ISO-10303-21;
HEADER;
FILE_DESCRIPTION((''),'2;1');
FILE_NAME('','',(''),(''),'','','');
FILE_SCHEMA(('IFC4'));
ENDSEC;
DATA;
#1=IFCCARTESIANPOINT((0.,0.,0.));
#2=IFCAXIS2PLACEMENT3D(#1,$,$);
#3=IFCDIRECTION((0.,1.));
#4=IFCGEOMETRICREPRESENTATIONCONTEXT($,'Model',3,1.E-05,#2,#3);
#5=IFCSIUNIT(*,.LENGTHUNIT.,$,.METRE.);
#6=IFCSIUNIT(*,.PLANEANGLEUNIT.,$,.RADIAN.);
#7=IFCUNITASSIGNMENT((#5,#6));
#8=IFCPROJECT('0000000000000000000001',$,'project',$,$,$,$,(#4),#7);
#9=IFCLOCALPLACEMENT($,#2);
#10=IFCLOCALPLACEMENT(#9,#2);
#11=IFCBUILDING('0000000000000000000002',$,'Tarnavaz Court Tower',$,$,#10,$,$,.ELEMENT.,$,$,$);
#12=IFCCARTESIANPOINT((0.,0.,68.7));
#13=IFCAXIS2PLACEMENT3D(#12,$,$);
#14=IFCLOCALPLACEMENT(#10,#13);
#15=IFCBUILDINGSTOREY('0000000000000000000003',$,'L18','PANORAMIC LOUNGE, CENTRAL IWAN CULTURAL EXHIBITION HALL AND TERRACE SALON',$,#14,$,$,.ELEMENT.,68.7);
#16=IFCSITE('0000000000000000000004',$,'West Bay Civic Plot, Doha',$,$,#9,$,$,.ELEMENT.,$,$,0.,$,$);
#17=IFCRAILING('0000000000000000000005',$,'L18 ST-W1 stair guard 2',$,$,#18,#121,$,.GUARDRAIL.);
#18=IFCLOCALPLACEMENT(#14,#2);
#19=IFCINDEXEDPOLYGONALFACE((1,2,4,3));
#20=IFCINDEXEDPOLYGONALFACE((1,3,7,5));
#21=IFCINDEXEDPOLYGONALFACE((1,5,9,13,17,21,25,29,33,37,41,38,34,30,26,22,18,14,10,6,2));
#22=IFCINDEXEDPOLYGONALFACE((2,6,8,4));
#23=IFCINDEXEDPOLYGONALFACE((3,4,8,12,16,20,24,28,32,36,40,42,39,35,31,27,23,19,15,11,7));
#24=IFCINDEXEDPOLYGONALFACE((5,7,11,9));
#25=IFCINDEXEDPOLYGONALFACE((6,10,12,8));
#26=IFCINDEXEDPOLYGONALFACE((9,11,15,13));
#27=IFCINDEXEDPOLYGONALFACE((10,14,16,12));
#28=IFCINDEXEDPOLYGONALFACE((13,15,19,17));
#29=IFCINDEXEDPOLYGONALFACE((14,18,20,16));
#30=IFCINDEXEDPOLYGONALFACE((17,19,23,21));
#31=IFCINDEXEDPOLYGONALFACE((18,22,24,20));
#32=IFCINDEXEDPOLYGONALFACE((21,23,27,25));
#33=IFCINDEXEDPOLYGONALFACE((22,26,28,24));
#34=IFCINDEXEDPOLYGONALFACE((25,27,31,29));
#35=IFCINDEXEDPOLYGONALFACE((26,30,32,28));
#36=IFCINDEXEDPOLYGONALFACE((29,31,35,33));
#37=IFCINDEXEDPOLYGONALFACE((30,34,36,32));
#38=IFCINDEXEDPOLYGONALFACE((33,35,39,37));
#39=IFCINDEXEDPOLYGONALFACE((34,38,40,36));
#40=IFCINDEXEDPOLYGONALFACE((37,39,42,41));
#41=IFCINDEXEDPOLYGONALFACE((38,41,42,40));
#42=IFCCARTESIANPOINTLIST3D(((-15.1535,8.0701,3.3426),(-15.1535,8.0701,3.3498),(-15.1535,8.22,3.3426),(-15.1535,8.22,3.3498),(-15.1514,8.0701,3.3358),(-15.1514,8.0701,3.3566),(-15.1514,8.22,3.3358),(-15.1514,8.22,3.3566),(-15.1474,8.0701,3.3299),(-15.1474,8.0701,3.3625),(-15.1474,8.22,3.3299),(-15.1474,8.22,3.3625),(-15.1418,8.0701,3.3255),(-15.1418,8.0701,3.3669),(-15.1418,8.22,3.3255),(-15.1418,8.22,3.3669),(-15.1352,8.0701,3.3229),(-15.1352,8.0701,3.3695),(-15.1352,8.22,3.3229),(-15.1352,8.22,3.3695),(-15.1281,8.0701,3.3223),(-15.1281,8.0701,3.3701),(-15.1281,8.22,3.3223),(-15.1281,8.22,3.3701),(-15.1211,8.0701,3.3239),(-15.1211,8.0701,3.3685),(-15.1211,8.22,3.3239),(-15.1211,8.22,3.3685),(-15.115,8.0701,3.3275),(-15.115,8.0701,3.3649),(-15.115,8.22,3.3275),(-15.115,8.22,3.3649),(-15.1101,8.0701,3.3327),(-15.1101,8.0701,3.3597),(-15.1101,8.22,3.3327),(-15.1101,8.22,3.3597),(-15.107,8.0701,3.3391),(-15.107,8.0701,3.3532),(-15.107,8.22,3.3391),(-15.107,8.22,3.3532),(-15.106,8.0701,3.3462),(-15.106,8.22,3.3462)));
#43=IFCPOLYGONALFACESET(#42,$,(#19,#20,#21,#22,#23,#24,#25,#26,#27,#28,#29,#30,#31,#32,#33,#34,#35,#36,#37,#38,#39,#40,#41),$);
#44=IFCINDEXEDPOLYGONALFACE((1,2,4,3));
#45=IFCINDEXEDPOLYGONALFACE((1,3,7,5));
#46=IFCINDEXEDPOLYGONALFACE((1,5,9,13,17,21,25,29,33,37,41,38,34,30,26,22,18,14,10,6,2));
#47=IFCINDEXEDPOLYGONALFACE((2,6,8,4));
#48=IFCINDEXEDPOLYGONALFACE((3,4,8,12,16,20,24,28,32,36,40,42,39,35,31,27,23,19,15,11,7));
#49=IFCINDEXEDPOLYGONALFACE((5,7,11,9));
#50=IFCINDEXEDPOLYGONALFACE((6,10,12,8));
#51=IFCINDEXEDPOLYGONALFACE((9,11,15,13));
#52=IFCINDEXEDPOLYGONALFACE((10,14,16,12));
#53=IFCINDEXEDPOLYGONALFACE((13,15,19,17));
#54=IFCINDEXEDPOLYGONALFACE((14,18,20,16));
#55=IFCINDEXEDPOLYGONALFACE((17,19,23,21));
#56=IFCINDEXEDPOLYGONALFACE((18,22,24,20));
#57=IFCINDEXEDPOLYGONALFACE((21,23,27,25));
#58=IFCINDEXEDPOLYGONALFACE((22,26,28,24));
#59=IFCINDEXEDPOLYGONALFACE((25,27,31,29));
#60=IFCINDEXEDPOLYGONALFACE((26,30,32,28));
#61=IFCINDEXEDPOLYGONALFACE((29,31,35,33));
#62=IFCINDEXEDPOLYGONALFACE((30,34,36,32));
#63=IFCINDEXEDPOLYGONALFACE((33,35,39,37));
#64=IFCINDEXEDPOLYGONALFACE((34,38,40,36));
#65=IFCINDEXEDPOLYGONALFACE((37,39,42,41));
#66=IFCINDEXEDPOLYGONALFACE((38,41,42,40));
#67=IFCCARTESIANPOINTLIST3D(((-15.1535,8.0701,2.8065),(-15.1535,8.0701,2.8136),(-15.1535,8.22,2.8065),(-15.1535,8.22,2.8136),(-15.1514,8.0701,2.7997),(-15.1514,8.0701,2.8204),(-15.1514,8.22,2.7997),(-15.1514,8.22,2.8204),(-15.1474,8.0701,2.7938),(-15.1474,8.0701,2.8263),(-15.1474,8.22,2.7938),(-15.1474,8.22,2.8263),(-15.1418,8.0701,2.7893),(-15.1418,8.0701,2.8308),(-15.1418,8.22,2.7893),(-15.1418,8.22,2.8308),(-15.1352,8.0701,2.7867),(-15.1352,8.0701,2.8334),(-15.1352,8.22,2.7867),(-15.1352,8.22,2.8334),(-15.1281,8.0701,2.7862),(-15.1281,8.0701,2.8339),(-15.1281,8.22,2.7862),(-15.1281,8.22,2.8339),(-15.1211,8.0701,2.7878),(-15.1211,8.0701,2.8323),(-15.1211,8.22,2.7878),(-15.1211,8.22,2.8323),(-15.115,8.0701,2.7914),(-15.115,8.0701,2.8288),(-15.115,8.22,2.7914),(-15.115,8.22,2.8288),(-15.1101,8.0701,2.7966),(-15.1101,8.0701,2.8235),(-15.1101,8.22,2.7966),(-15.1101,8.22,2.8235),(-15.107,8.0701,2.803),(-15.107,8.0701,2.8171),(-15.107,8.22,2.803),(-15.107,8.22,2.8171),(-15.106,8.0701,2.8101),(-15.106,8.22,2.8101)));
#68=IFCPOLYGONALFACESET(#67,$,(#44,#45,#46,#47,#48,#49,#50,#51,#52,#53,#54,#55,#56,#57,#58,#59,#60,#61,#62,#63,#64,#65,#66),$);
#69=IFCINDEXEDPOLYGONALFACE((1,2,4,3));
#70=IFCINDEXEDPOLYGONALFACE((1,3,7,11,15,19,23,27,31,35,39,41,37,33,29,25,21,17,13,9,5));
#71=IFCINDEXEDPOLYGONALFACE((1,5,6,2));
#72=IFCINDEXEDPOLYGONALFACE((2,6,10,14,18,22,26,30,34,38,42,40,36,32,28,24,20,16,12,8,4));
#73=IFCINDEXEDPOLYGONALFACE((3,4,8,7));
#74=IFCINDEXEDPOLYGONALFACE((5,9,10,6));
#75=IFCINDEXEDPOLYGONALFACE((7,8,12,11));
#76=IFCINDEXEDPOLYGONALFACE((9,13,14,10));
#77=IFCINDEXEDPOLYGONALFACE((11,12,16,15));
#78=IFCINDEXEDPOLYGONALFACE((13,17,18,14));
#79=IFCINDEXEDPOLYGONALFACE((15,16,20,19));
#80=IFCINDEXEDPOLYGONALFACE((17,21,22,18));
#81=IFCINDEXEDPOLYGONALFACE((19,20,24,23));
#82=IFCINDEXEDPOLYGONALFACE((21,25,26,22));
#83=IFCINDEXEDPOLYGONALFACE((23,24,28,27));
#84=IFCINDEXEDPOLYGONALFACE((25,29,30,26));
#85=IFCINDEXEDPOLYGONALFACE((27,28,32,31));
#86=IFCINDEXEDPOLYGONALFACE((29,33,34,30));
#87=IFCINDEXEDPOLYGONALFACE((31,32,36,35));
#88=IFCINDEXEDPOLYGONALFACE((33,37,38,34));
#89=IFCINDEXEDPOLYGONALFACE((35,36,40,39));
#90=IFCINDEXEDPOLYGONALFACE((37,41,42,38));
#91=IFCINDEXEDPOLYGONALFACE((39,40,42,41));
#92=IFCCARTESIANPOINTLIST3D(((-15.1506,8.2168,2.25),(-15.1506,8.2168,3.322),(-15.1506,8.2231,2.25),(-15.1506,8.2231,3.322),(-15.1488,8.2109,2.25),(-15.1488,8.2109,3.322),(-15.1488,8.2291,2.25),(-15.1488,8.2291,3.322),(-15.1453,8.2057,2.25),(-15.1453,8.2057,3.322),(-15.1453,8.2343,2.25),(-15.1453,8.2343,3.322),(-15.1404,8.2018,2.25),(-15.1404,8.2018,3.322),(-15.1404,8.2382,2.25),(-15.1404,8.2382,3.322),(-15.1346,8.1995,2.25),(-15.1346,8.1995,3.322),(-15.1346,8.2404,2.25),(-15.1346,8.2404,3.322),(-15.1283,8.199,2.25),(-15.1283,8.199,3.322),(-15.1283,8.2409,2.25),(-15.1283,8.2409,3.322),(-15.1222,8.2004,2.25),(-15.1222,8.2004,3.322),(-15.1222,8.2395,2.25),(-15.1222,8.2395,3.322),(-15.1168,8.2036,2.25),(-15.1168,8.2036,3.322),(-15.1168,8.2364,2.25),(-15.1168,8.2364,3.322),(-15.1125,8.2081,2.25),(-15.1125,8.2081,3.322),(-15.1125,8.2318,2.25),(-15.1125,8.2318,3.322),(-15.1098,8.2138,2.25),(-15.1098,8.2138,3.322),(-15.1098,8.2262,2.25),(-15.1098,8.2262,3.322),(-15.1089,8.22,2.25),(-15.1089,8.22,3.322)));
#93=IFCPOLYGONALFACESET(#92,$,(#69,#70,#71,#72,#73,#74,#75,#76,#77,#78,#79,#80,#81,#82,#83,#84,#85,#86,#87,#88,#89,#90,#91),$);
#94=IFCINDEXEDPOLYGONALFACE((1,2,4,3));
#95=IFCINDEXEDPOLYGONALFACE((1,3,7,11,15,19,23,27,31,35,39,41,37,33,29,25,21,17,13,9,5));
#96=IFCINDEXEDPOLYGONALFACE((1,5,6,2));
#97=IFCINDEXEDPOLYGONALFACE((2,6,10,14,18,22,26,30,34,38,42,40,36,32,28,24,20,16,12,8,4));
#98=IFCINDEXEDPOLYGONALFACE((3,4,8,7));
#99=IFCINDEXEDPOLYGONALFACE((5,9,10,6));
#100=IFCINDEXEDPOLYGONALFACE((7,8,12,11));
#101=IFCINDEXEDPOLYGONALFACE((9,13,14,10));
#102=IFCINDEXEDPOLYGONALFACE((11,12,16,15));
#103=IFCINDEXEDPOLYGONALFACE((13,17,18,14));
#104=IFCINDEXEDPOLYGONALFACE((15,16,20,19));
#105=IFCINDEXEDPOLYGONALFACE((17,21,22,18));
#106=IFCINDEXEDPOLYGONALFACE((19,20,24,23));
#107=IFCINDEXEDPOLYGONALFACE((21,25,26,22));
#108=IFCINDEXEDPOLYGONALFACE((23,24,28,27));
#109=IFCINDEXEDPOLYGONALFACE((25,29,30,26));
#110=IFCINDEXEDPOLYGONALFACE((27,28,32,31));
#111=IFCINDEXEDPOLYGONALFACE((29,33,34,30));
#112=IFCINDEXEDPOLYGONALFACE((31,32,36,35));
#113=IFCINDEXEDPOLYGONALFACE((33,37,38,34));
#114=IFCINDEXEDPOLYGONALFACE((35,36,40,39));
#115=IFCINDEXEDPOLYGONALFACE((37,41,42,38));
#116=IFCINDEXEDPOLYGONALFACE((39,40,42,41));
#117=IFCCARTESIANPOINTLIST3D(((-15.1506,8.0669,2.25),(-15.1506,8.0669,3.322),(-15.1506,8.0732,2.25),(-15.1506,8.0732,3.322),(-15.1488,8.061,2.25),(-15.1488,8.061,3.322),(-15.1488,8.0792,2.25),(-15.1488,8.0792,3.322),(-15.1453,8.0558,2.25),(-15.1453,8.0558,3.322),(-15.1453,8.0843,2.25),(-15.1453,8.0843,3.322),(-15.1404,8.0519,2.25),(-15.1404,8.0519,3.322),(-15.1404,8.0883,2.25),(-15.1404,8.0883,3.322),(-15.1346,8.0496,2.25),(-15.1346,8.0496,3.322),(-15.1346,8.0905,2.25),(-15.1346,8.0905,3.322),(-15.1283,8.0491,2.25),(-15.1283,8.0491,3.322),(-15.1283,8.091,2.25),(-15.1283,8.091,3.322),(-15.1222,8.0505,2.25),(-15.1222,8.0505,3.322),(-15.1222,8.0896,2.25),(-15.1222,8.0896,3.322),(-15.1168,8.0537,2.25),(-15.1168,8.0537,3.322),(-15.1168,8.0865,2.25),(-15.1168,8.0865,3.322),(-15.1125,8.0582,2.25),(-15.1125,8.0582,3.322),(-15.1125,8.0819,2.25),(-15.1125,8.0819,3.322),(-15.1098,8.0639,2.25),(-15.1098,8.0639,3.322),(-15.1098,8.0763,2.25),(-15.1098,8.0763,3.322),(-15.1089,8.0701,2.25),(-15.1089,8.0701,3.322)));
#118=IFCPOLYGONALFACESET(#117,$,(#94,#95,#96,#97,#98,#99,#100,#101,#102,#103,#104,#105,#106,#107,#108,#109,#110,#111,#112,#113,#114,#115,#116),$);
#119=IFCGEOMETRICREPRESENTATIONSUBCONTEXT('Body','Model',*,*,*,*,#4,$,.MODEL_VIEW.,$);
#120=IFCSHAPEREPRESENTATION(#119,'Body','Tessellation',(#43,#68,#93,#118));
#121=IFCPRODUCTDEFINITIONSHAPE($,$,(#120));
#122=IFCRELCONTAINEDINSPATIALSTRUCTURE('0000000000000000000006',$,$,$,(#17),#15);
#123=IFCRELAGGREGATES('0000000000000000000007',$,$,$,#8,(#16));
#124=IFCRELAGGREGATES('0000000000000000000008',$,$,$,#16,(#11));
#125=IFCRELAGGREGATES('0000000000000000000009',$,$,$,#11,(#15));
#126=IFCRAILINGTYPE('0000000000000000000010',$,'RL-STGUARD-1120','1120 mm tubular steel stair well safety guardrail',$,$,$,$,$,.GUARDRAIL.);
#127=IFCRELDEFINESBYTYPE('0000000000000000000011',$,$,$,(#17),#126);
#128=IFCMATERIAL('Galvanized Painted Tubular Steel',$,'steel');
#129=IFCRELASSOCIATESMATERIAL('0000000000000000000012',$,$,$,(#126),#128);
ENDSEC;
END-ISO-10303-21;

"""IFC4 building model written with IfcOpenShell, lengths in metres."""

from ifc_helpers import new_model, si_unit, direction, frame, origin, origin_2d, place, context, subcontext, project, spatial, circle, extrude, material, type_object, element, save


model = new_model("IFC4")

# Units and contexts
model_context = context("Model", 3, precision=1e-05, world=origin(), true_north=direction((0.0, 1.0)))
body_context = subcontext(model_context, "Body", "Model", "MODEL_VIEW")
ifc_project = project(units=[si_unit("LENGTHUNIT", "METRE"), si_unit("PLANEANGLEUNIT", "RADIAN")], contexts=[model_context])

# Site, building, storey
site_placement = place(None, origin())
site = spatial("IfcSite", under=ifc_project, at=site_placement, Name="West Bay Civic Plot, Doha", CompositionType="ELEMENT", RefElevation=0.0)
building_placement = place(site_placement, origin())
building = spatial("IfcBuilding", under=site, at=building_placement, Name="Tarnavaz Court Tower", CompositionType="ELEMENT")
storey_placement = place(building_placement, frame((0.0, 0.0, 68.7)))
storey = spatial("IfcBuildingStorey", under=building, at=storey_placement, Name="L18", Description="PANORAMIC LOUNGE, CENTRAL IWAN CULTURAL EXHIBITION HALL AND TERRACE SALON", CompositionType="ELEMENT", Elevation=68.7)

# Railing
ifc_material_1 = material(Name="Galvanized Painted Tubular Steel", Category="steel")
railing_type_1 = type_object("IfcRailingType", Name="RL-STGUARD-1120", Description="1120 mm tubular steel stair well safety guardrail", PredefinedType="GUARDRAIL", material=ifc_material_1)
railing_1_placement = place(storey_placement, frame((-15.1299, 8.22, 2.25)))
element("IfcRailing", 1, at=railing_1_placement, inside=storey, type_object=railing_type_1, Name="L18 ST-W1 stair guard 2", PredefinedType="GUARDRAIL", context=body_context, shape_type="SweptSolid", body=[
    extrude(circle(Radius=0.0239, at=origin_2d()), frame((0.0, 0.0, 1.0962), z_axis=(0.0, -1.0, 0.0), x_axis=(1.0, 0.0, 0.0)), (0.0, 0.0, 1.0), 0.1499),
    extrude(circle(Radius=0.0239, at=origin_2d()), frame((0.0, 0.0, 0.5601), z_axis=(0.0, -1.0, 0.0), x_axis=(1.0, 0.0, 0.0)), (0.0, 0.0, 1.0), 0.1499),
    extrude(circle(Radius=0.021, at=origin_2d()), origin(), (0.0, 0.0, 1.0), 1.072),
    extrude(circle(Radius=0.021, at=origin_2d()), frame((0.0, -0.1499, 0.0)), (0.0, 0.0, 1.0), 1.072),
])

save(model, "model.ifc")
